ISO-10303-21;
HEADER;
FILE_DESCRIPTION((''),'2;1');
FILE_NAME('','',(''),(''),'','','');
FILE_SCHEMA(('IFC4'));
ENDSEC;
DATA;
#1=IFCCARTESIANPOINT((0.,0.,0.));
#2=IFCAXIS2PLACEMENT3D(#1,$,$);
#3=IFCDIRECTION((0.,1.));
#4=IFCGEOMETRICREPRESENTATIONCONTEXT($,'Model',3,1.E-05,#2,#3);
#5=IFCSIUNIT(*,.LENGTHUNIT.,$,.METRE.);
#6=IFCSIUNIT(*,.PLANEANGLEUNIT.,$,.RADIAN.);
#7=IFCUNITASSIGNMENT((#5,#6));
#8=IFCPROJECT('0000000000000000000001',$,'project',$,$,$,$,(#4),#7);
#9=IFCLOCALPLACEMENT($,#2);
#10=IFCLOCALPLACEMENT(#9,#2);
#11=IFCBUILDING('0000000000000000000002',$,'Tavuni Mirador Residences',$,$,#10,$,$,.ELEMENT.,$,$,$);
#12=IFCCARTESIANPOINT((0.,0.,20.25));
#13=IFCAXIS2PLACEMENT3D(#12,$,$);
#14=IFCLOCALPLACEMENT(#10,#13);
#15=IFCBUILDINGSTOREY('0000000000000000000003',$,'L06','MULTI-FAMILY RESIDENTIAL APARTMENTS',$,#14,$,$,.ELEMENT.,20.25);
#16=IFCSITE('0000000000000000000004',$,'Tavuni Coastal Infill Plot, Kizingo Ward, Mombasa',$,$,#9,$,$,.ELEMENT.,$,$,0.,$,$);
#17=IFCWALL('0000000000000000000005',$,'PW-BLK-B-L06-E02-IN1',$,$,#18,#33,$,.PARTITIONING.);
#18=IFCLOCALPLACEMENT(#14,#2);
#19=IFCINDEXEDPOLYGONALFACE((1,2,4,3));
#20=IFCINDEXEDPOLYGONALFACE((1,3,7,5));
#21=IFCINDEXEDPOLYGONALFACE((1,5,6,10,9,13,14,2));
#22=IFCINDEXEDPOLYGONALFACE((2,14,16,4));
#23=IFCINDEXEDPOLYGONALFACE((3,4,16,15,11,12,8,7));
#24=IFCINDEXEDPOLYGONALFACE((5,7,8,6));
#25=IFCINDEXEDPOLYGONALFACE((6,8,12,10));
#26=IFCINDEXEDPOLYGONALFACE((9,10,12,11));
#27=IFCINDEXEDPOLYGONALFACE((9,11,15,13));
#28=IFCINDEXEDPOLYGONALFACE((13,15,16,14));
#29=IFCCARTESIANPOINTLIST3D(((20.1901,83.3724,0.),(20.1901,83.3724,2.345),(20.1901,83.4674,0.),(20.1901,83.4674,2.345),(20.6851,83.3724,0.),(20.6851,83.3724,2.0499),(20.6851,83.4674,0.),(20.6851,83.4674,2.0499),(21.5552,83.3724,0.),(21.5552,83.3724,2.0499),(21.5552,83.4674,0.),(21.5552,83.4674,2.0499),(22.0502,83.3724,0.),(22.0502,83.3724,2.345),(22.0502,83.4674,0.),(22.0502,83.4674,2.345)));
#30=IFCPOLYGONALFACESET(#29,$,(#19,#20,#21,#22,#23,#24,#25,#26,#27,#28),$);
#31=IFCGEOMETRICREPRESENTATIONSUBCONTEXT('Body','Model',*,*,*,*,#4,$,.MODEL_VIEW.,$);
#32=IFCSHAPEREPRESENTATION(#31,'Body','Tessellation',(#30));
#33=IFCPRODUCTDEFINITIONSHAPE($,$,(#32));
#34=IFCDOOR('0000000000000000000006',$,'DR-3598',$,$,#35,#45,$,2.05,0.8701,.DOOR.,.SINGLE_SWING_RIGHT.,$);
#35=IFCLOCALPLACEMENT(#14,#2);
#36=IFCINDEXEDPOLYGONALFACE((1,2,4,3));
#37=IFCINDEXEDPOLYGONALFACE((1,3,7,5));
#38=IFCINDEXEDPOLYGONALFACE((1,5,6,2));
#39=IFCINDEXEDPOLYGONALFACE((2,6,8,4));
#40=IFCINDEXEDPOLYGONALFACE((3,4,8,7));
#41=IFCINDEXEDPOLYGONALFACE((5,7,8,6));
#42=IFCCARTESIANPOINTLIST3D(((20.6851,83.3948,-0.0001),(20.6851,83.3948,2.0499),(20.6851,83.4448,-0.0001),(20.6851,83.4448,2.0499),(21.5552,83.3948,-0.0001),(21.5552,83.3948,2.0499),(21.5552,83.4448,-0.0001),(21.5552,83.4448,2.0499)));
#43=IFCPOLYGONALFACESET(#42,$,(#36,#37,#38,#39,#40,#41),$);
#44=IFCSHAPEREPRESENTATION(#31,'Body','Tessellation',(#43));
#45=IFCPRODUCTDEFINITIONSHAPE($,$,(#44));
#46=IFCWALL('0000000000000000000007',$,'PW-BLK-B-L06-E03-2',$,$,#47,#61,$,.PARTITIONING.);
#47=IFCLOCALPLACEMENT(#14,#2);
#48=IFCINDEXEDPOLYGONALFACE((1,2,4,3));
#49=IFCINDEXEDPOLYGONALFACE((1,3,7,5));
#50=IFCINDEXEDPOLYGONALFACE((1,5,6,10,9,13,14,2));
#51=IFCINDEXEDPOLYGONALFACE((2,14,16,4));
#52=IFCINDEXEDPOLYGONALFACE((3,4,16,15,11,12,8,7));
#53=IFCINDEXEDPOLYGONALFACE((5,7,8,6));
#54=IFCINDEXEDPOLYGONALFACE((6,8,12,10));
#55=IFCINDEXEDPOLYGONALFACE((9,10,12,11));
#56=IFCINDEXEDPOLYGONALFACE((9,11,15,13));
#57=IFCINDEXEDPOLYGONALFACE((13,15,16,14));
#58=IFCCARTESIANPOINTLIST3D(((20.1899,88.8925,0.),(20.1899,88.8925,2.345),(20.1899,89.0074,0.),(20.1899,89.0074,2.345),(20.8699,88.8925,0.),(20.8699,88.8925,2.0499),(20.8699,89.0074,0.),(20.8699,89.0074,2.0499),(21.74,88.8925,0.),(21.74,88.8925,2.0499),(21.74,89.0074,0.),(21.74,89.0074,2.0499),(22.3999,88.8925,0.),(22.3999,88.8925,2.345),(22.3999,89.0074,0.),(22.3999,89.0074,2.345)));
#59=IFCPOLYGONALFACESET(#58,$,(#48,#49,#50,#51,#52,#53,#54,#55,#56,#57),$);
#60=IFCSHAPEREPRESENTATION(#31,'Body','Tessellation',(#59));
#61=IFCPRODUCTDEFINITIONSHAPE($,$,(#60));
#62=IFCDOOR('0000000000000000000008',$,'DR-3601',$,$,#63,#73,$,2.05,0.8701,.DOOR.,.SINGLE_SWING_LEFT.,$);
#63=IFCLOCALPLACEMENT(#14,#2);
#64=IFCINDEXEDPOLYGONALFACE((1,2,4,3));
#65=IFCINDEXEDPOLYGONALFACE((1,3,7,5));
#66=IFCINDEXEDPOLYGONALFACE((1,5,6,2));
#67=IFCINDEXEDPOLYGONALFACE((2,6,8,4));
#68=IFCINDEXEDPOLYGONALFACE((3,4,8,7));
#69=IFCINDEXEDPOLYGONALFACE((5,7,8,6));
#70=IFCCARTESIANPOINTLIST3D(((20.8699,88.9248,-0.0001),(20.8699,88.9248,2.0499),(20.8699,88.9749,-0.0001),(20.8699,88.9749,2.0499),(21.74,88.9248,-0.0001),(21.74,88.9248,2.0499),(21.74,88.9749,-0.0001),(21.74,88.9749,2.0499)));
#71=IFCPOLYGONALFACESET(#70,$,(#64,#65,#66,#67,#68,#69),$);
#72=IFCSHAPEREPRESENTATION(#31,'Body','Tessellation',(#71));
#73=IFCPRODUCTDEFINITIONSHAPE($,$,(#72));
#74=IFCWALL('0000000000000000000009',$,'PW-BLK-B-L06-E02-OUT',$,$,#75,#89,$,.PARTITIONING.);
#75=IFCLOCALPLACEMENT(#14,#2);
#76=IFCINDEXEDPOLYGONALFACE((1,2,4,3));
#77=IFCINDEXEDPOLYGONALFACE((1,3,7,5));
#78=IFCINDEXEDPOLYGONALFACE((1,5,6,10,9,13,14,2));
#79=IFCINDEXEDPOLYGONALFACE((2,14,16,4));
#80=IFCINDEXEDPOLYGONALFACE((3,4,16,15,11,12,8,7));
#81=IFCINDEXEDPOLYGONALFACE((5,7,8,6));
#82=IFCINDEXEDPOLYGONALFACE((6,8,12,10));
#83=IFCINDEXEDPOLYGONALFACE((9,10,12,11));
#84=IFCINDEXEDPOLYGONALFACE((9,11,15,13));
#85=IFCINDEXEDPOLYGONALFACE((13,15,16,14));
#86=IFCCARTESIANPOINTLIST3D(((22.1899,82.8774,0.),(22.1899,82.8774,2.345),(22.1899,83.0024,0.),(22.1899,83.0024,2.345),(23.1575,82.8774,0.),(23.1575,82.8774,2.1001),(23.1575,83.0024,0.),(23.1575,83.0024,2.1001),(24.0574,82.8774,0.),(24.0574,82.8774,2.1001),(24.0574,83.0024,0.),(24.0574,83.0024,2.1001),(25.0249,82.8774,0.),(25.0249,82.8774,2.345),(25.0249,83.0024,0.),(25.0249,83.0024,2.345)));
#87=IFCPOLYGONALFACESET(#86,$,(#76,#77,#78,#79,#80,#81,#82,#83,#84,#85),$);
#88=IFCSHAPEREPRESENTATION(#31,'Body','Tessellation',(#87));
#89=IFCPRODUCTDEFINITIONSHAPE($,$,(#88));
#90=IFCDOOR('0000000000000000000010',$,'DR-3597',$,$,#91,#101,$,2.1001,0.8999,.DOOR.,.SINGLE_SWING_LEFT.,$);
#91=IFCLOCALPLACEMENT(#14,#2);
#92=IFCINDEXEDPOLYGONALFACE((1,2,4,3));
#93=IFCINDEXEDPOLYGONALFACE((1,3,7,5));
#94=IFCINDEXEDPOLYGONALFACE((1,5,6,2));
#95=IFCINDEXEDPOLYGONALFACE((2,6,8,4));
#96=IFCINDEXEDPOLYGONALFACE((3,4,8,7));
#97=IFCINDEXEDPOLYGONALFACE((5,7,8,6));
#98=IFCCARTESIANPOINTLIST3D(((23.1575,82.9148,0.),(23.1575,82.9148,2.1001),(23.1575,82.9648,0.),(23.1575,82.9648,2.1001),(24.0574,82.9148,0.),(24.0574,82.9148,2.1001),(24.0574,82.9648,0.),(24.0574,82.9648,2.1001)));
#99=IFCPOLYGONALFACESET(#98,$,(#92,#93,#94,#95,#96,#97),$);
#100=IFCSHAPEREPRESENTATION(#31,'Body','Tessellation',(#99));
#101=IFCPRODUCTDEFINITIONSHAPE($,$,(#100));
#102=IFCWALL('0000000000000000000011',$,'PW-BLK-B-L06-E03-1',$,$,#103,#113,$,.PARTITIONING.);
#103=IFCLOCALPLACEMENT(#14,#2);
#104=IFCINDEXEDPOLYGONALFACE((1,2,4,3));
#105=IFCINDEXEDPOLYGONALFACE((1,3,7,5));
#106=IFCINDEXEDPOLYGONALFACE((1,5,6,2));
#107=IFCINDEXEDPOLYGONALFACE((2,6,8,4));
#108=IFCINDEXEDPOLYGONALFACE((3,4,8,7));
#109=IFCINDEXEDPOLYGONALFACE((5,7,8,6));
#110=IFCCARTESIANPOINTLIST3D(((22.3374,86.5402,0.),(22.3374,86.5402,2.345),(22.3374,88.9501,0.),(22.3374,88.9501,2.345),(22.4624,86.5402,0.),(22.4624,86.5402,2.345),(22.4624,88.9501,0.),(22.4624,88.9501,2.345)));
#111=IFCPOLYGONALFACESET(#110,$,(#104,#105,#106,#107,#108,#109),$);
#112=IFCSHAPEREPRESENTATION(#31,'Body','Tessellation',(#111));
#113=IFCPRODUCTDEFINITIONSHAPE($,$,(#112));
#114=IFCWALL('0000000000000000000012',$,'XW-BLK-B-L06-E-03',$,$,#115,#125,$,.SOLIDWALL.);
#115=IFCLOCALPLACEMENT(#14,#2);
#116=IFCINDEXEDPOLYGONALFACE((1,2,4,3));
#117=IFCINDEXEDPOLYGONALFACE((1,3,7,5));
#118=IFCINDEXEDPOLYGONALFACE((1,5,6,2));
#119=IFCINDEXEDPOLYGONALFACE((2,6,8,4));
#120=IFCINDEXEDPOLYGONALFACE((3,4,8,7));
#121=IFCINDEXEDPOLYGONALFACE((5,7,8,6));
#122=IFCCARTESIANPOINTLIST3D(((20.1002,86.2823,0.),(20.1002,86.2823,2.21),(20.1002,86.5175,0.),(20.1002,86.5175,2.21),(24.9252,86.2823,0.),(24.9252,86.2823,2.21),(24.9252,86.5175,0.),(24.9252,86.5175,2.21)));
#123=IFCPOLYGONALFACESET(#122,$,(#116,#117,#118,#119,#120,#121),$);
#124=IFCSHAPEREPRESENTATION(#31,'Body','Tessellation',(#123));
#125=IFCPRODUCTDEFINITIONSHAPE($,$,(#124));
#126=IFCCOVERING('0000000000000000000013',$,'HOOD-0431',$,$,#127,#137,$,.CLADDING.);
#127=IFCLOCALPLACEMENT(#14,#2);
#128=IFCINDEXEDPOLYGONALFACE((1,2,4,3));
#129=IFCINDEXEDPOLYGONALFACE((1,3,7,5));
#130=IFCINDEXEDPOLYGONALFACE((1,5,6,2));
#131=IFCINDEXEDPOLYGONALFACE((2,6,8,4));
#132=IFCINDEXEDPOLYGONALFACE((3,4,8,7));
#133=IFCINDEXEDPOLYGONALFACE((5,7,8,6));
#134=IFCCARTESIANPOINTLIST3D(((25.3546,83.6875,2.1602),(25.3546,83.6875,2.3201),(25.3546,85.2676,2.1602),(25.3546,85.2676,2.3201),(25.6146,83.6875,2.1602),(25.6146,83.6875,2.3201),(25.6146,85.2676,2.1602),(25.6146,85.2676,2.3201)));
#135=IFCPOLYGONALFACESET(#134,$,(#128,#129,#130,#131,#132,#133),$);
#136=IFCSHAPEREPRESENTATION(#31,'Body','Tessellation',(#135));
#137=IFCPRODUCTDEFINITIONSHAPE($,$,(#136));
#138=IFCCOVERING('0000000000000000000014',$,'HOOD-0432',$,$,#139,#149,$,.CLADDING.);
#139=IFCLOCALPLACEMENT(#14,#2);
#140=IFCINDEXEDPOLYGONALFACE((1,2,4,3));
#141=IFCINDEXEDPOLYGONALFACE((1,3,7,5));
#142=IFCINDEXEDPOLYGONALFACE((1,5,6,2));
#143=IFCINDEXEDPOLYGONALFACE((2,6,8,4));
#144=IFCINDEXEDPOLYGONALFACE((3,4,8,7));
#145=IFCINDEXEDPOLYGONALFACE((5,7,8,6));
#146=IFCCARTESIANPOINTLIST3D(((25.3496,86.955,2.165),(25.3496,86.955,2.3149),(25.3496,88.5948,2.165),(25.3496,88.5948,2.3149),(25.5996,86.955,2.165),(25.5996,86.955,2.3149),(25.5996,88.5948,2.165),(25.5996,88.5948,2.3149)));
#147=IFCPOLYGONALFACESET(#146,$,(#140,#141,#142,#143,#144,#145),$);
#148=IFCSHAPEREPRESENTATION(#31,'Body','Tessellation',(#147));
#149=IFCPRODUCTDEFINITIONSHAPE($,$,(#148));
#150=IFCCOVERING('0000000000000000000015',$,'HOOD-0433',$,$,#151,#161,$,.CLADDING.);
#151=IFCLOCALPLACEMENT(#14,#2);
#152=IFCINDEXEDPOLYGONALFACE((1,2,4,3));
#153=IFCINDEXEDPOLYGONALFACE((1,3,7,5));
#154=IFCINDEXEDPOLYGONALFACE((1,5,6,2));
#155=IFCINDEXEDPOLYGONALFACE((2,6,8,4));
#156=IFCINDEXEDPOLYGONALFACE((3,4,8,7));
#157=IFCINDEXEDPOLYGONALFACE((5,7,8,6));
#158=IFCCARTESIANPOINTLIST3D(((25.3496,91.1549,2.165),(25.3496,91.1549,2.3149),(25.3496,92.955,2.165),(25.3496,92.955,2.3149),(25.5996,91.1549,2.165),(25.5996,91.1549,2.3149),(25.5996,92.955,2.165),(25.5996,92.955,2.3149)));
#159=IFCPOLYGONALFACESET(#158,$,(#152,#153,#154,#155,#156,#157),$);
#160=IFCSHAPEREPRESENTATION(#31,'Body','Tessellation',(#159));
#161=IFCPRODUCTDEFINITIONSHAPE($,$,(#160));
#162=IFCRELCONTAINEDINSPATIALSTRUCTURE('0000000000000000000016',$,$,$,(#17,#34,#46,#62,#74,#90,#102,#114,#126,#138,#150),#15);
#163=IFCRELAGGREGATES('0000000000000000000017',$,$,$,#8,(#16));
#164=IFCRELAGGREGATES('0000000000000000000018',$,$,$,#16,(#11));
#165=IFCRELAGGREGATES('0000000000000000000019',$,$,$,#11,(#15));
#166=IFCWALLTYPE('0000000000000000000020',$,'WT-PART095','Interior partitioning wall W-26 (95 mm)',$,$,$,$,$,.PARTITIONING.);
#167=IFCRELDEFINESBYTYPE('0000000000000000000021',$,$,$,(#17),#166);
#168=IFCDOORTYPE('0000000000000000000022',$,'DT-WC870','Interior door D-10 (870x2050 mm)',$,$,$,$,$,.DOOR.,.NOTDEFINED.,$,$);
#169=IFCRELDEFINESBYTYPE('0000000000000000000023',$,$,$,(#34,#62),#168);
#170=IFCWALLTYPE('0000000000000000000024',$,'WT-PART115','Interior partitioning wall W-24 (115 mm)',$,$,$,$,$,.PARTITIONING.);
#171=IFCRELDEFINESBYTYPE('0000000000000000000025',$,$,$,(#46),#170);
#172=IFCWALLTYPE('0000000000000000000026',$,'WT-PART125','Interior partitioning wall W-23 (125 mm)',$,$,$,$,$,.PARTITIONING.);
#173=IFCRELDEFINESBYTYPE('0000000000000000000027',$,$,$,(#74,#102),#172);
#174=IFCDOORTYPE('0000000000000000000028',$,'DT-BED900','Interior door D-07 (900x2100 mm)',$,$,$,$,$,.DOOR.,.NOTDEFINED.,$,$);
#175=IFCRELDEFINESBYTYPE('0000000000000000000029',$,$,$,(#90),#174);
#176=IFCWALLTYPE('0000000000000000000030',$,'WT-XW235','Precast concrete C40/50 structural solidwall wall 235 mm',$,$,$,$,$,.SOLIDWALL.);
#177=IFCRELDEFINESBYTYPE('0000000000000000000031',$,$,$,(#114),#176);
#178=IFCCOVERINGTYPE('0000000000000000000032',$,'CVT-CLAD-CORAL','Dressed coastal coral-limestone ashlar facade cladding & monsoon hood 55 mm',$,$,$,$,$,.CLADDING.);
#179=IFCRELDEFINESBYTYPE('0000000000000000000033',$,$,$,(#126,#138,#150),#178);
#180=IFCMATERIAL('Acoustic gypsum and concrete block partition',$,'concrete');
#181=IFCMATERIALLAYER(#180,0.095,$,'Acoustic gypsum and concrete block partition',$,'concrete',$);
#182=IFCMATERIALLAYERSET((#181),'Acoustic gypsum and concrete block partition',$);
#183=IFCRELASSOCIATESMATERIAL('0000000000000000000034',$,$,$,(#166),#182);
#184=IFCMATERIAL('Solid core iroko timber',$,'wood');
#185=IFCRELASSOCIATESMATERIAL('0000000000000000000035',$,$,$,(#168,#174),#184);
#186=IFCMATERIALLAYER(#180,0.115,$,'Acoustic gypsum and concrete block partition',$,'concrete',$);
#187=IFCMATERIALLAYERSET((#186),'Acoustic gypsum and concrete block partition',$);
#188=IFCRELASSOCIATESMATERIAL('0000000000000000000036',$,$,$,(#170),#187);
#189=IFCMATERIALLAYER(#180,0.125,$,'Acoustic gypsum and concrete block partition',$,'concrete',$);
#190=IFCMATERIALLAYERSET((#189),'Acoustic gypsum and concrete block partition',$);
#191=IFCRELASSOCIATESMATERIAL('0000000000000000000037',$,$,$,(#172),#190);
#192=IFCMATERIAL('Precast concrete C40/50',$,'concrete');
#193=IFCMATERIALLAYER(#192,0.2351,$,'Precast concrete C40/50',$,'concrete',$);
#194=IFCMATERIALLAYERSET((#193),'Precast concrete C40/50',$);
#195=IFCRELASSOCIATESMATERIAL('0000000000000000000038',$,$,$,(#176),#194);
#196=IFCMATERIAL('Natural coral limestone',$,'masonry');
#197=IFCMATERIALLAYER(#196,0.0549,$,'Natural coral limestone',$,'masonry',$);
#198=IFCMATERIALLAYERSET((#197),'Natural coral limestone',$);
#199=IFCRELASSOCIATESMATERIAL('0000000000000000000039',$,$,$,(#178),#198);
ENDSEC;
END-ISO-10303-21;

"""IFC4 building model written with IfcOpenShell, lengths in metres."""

from ifc_helpers import new_model, si_unit, direction, frame, frame_2d, origin, origin_2d, place, context, subcontext, project, spatial, rectangle, extrude, material, layer, layer_set, type_object, element, fill, save


model = new_model("IFC4")

# Units and contexts
model_context = context("Model", 3, precision=1e-05, world=origin(), true_north=direction((0.0, 1.0)))
body_context = subcontext(model_context, "Body", "Model", "MODEL_VIEW")
ifc_project = project(units=[si_unit("LENGTHUNIT", "METRE"), si_unit("PLANEANGLEUNIT", "RADIAN")], contexts=[model_context])

# Site, building, storey
site_placement = place(None, origin())
site = spatial("IfcSite", under=ifc_project, at=site_placement, Name="Tavuni Coastal Infill Plot, Kizingo Ward, Mombasa", CompositionType="ELEMENT", RefElevation=0.0)
building_placement = place(site_placement, origin())
building = spatial("IfcBuilding", under=site, at=building_placement, Name="Tavuni Mirador Residences", CompositionType="ELEMENT")
storey_placement = place(building_placement, frame((0.0, 0.0, 20.25)))
storey = spatial("IfcBuildingStorey", under=building, at=storey_placement, Name="L06", Description="MULTI-FAMILY RESIDENTIAL APARTMENTS", CompositionType="ELEMENT", Elevation=20.25)

# Shared definitions
ifc_material_1 = material(Name="Precast concrete C40/50", Category="concrete")

# Shared definitions
ifc_material_2 = material(Name="Solid core iroko timber", Category="wood")

# Walls, openings, doors
ifc_material_3 = material(Name="Acoustic gypsum and concrete block partition", Category="concrete")
ifc_layer_1 = layer(ifc_material_3, 0.095, Name="Acoustic gypsum and concrete block partition", Category="concrete")
ifc_layer_set_1 = layer_set([ifc_layer_1], Name="Acoustic gypsum and concrete block partition")
wall_type_1 = type_object("IfcWallType", Name="WT-PART095", Description="Interior partitioning wall W-26 (95 mm)", PredefinedType="PARTITIONING", material=ifc_layer_set_1)
wall_1_placement = place(storey_placement, frame((20.1899, 83.4199, 0.0), z_axis=(0.0, 0.0, 1.0), x_axis=(1.0, 0.0, 0.0)))
wall_1 = element("IfcWall", 1, at=wall_1_placement, inside=storey, type_object=wall_type_1, Name="PW-BLK-B-L06-E02-IN1", PredefinedType="PARTITIONING", context=body_context, shape_type="SweptSolid", body=[
    extrude(rectangle(XDim=1.8601, YDim=0.095, at=frame_2d((0.9302, 0.0))), origin(), (0.0, 0.0, 1.0), 2.345),
])
opening_1_placement = place(wall_1_placement, frame((0.4951, 0.0, 0.0)))
opening_1 = element("IfcOpeningElement", 2, at=opening_1_placement, cuts=wall_1, PredefinedType="OPENING", context=body_context, shape_type="SweptSolid", body=[
    extrude(rectangle(XDim=0.8701, YDim=2.05, at=frame_2d((0.4351, 1.0249))), frame((0.0, 0.0576, 0.0), z_axis=(0.0, -1.0, 0.0), x_axis=(1.0, 0.0, 0.0)), (0.0, 0.0, 1.0), 0.115),
])
door_type_1 = type_object("IfcDoorType", Name="DT-WC870", Description="Interior door D-10 (870x2050 mm)", OperationType="NOTDEFINED", PredefinedType="DOOR", material=ifc_material_2)
door_1_placement = place(opening_1_placement, origin())
door_1 = element("IfcDoor", 3, at=door_1_placement, inside=storey, type_object=door_type_1, Name="DR-3598", OperationType="SINGLE_SWING_RIGHT", OverallHeight=2.05, OverallWidth=0.8701, PredefinedType="DOOR", context=body_context, shape_type="SweptSolid", body=[
    extrude(rectangle(XDim=0.8701, YDim=2.05, at=frame_2d((0.4351, 1.0249))), frame((0.0, 0.0249, 0.0), z_axis=(0.0, -1.0, 0.0), x_axis=(1.0, 0.0, 0.0)), (0.0, 0.0, 1.0), 0.05),
])
fill(opening_1, door_1)
ifc_layer_2 = layer(ifc_material_3, 0.115, Name="Acoustic gypsum and concrete block partition", Category="concrete")
ifc_layer_set_2 = layer_set([ifc_layer_2], Name="Acoustic gypsum and concrete block partition")
wall_type_2 = type_object("IfcWallType", Name="WT-PART115", Description="Interior partitioning wall W-24 (115 mm)", PredefinedType="PARTITIONING", material=ifc_layer_set_2)
wall_2_placement = place(storey_placement, frame((20.1899, 88.95, 0.0), z_axis=(0.0, 0.0, 1.0), x_axis=(1.0, 0.0, 0.0)))
wall_2 = element("IfcWall", 4, at=wall_2_placement, inside=storey, type_object=wall_type_2, Name="PW-BLK-B-L06-E03-2", PredefinedType="PARTITIONING", context=body_context, shape_type="SweptSolid", body=[
    extrude(rectangle(XDim=2.21, YDim=0.115, at=frame_2d((1.105, 0.0))), origin(), (0.0, 0.0, 1.0), 2.345),
])
opening_2_placement = place(wall_2_placement, frame((0.6799, 0.0, 0.0)))
opening_2 = element("IfcOpeningElement", 5, at=opening_2_placement, cuts=wall_2, PredefinedType="OPENING", context=body_context, shape_type="SweptSolid", body=[
    extrude(rectangle(XDim=0.8701, YDim=2.05, at=frame_2d((0.4351, 1.0249))), frame((0.0, 0.0674, 0.0), z_axis=(0.0, -1.0, 0.0), x_axis=(1.0, 0.0, 0.0)), (0.0, 0.0, 1.0), 0.135),
])
door_2_placement = place(opening_2_placement, origin())
door_2 = element("IfcDoor", 6, at=door_2_placement, inside=storey, type_object=door_type_1, Name="DR-3601", OperationType="SINGLE_SWING_LEFT", OverallHeight=2.05, OverallWidth=0.8701, PredefinedType="DOOR", context=body_context, shape_type="SweptSolid", body=[
    extrude(rectangle(XDim=0.8701, YDim=2.05, at=frame_2d((0.4351, 1.0249))), frame((0.0, 0.0249, 0.0), z_axis=(0.0, -1.0, 0.0), x_axis=(1.0, 0.0, 0.0)), (0.0, 0.0, 1.0), 0.05),
])
fill(opening_2, door_2)
ifc_layer_3 = layer(ifc_material_3, 0.125, Name="Acoustic gypsum and concrete block partition", Category="concrete")
ifc_layer_set_3 = layer_set([ifc_layer_3], Name="Acoustic gypsum and concrete block partition")
wall_type_3 = type_object("IfcWallType", Name="WT-PART125", Description="Interior partitioning wall W-23 (125 mm)", PredefinedType="PARTITIONING", material=ifc_layer_set_3)
wall_3_placement = place(storey_placement, frame((22.1899, 82.9399, 0.0), z_axis=(0.0, 0.0, 1.0), x_axis=(1.0, 0.0, 0.0)))
wall_3 = element("IfcWall", 7, at=wall_3_placement, inside=storey, type_object=wall_type_3, Name="PW-BLK-B-L06-E02-OUT", PredefinedType="PARTITIONING", context=body_context, shape_type="SweptSolid", body=[
    extrude(rectangle(XDim=2.835, YDim=0.125, at=frame_2d((1.4175, 0.0))), origin(), (0.0, 0.0, 1.0), 2.345),
])
opening_3_placement = place(wall_3_placement, frame((0.9675, 0.0, 0.0)))
opening_3 = element("IfcOpeningElement", 8, at=opening_3_placement, cuts=wall_3, PredefinedType="OPENING", context=body_context, shape_type="SweptSolid", body=[
    extrude(rectangle(XDim=0.8999, YDim=2.1001, at=frame_2d((0.45, 1.05))), frame((0.0, 0.0725, 0.0), z_axis=(0.0, -1.0, 0.0), x_axis=(1.0, 0.0, 0.0)), (0.0, 0.0, 1.0), 0.145),
])
door_type_2 = type_object("IfcDoorType", Name="DT-BED900", Description="Interior door D-07 (900x2100 mm)", OperationType="NOTDEFINED", PredefinedType="DOOR", material=ifc_material_2)
door_3_placement = place(opening_3_placement, origin())
door_3 = element("IfcDoor", 9, at=door_3_placement, inside=storey, type_object=door_type_2, Name="DR-3597", OperationType="SINGLE_SWING_LEFT", OverallHeight=2.1001, OverallWidth=0.8999, PredefinedType="DOOR", context=body_context, shape_type="SweptSolid", body=[
    extrude(rectangle(XDim=0.8999, YDim=2.1001, at=frame_2d((0.45, 1.05))), frame((0.0, 0.0249, 0.0), z_axis=(0.0, -1.0, 0.0), x_axis=(1.0, 0.0, 0.0)), (0.0, 0.0, 1.0), 0.05),
])
fill(opening_3, door_3)

# Walls
wall_4_placement = place(storey_placement, frame((22.3999, 86.54, 0.0), z_axis=(0.0, 0.0, 1.0), x_axis=(0.0, 1.0, 0.0)))
element("IfcWall", 10, at=wall_4_placement, inside=storey, type_object=wall_type_3, Name="PW-BLK-B-L06-E03-1", PredefinedType="PARTITIONING", context=body_context, shape_type="SweptSolid", body=[
    extrude(rectangle(XDim=2.4099, YDim=0.125, at=frame_2d((1.2051, 0.0))), origin(), (0.0, 0.0, 1.0), 2.345),
])
ifc_layer_4 = layer(ifc_material_1, 0.2351, Name="Precast concrete C40/50", Category="concrete")
ifc_layer_set_4 = layer_set([ifc_layer_4], Name="Precast concrete C40/50")
wall_type_4 = type_object("IfcWallType", Name="WT-XW235", Description="Precast concrete C40/50 structural solidwall wall 235 mm", PredefinedType="SOLIDWALL", material=ifc_layer_set_4)
wall_5_placement = place(storey_placement, frame((20.1001, 86.3999, 0.0), z_axis=(0.0, 0.0, 1.0), x_axis=(1.0, 0.0, 0.0)))
element("IfcWall", 11, at=wall_5_placement, inside=storey, type_object=wall_type_4, Name="XW-BLK-B-L06-E-03", PredefinedType="SOLIDWALL", context=body_context, shape_type="SweptSolid", body=[
    extrude(rectangle(XDim=4.825, YDim=0.2351, at=frame_2d((2.4126, 0.0))), origin(), (0.0, 0.0, 1.0), 2.21),
])

# Coverings
ifc_material_4 = material(Name="Natural coral limestone", Category="masonry")
ifc_layer_5 = layer(ifc_material_4, 0.0549, Name="Natural coral limestone", Category="masonry")
ifc_layer_set_5 = layer_set([ifc_layer_5], Name="Natural coral limestone")
covering_type = type_object("IfcCoveringType", Name="CVT-CLAD-CORAL", Description="Dressed coastal coral-limestone ashlar facade cladding & monsoon hood 55 mm", PredefinedType="CLADDING", material=ifc_layer_set_5)
covering_1_placement = place(storey_placement, frame((25.4846, 84.4775, 2.1602), z_axis=(0.0, 0.0, 1.0), x_axis=(0.0, 1.0, 0.0)))
element("IfcCovering", 12, at=covering_1_placement, inside=storey, type_object=covering_type, Name="HOOD-0431", PredefinedType="CLADDING", context=body_context, shape_type="SweptSolid", body=[
    extrude(rectangle(XDim=1.5801, YDim=0.26, at=origin_2d()), origin(), (0.0, 0.0, 1.0), 0.1599),
])
covering_2_placement = place(storey_placement, frame((25.4746, 87.7749, 2.165), z_axis=(0.0, 0.0, 1.0), x_axis=(0.0, 1.0, 0.0)))
element("IfcCovering", 13, at=covering_2_placement, inside=storey, type_object=covering_type, Name="HOOD-0432", PredefinedType="CLADDING", context=body_context, shape_type="SweptSolid", body=[
    extrude(rectangle(XDim=1.6399, YDim=0.25, at=origin_2d()), origin(), (0.0, 0.0, 1.0), 0.1499),
])
covering_3_placement = place(storey_placement, frame((25.4746, 92.0549, 2.165), z_axis=(0.0, 0.0, 1.0), x_axis=(0.0, 1.0, 0.0)))
element("IfcCovering", 14, at=covering_3_placement, inside=storey, type_object=covering_type, Name="HOOD-0433", PredefinedType="CLADDING", context=body_context, shape_type="SweptSolid", body=[
    extrude(rectangle(XDim=1.8, YDim=0.25, at=origin_2d()), origin(), (0.0, 0.0, 1.0), 0.1499),
])

save(model, "model.ifc")
